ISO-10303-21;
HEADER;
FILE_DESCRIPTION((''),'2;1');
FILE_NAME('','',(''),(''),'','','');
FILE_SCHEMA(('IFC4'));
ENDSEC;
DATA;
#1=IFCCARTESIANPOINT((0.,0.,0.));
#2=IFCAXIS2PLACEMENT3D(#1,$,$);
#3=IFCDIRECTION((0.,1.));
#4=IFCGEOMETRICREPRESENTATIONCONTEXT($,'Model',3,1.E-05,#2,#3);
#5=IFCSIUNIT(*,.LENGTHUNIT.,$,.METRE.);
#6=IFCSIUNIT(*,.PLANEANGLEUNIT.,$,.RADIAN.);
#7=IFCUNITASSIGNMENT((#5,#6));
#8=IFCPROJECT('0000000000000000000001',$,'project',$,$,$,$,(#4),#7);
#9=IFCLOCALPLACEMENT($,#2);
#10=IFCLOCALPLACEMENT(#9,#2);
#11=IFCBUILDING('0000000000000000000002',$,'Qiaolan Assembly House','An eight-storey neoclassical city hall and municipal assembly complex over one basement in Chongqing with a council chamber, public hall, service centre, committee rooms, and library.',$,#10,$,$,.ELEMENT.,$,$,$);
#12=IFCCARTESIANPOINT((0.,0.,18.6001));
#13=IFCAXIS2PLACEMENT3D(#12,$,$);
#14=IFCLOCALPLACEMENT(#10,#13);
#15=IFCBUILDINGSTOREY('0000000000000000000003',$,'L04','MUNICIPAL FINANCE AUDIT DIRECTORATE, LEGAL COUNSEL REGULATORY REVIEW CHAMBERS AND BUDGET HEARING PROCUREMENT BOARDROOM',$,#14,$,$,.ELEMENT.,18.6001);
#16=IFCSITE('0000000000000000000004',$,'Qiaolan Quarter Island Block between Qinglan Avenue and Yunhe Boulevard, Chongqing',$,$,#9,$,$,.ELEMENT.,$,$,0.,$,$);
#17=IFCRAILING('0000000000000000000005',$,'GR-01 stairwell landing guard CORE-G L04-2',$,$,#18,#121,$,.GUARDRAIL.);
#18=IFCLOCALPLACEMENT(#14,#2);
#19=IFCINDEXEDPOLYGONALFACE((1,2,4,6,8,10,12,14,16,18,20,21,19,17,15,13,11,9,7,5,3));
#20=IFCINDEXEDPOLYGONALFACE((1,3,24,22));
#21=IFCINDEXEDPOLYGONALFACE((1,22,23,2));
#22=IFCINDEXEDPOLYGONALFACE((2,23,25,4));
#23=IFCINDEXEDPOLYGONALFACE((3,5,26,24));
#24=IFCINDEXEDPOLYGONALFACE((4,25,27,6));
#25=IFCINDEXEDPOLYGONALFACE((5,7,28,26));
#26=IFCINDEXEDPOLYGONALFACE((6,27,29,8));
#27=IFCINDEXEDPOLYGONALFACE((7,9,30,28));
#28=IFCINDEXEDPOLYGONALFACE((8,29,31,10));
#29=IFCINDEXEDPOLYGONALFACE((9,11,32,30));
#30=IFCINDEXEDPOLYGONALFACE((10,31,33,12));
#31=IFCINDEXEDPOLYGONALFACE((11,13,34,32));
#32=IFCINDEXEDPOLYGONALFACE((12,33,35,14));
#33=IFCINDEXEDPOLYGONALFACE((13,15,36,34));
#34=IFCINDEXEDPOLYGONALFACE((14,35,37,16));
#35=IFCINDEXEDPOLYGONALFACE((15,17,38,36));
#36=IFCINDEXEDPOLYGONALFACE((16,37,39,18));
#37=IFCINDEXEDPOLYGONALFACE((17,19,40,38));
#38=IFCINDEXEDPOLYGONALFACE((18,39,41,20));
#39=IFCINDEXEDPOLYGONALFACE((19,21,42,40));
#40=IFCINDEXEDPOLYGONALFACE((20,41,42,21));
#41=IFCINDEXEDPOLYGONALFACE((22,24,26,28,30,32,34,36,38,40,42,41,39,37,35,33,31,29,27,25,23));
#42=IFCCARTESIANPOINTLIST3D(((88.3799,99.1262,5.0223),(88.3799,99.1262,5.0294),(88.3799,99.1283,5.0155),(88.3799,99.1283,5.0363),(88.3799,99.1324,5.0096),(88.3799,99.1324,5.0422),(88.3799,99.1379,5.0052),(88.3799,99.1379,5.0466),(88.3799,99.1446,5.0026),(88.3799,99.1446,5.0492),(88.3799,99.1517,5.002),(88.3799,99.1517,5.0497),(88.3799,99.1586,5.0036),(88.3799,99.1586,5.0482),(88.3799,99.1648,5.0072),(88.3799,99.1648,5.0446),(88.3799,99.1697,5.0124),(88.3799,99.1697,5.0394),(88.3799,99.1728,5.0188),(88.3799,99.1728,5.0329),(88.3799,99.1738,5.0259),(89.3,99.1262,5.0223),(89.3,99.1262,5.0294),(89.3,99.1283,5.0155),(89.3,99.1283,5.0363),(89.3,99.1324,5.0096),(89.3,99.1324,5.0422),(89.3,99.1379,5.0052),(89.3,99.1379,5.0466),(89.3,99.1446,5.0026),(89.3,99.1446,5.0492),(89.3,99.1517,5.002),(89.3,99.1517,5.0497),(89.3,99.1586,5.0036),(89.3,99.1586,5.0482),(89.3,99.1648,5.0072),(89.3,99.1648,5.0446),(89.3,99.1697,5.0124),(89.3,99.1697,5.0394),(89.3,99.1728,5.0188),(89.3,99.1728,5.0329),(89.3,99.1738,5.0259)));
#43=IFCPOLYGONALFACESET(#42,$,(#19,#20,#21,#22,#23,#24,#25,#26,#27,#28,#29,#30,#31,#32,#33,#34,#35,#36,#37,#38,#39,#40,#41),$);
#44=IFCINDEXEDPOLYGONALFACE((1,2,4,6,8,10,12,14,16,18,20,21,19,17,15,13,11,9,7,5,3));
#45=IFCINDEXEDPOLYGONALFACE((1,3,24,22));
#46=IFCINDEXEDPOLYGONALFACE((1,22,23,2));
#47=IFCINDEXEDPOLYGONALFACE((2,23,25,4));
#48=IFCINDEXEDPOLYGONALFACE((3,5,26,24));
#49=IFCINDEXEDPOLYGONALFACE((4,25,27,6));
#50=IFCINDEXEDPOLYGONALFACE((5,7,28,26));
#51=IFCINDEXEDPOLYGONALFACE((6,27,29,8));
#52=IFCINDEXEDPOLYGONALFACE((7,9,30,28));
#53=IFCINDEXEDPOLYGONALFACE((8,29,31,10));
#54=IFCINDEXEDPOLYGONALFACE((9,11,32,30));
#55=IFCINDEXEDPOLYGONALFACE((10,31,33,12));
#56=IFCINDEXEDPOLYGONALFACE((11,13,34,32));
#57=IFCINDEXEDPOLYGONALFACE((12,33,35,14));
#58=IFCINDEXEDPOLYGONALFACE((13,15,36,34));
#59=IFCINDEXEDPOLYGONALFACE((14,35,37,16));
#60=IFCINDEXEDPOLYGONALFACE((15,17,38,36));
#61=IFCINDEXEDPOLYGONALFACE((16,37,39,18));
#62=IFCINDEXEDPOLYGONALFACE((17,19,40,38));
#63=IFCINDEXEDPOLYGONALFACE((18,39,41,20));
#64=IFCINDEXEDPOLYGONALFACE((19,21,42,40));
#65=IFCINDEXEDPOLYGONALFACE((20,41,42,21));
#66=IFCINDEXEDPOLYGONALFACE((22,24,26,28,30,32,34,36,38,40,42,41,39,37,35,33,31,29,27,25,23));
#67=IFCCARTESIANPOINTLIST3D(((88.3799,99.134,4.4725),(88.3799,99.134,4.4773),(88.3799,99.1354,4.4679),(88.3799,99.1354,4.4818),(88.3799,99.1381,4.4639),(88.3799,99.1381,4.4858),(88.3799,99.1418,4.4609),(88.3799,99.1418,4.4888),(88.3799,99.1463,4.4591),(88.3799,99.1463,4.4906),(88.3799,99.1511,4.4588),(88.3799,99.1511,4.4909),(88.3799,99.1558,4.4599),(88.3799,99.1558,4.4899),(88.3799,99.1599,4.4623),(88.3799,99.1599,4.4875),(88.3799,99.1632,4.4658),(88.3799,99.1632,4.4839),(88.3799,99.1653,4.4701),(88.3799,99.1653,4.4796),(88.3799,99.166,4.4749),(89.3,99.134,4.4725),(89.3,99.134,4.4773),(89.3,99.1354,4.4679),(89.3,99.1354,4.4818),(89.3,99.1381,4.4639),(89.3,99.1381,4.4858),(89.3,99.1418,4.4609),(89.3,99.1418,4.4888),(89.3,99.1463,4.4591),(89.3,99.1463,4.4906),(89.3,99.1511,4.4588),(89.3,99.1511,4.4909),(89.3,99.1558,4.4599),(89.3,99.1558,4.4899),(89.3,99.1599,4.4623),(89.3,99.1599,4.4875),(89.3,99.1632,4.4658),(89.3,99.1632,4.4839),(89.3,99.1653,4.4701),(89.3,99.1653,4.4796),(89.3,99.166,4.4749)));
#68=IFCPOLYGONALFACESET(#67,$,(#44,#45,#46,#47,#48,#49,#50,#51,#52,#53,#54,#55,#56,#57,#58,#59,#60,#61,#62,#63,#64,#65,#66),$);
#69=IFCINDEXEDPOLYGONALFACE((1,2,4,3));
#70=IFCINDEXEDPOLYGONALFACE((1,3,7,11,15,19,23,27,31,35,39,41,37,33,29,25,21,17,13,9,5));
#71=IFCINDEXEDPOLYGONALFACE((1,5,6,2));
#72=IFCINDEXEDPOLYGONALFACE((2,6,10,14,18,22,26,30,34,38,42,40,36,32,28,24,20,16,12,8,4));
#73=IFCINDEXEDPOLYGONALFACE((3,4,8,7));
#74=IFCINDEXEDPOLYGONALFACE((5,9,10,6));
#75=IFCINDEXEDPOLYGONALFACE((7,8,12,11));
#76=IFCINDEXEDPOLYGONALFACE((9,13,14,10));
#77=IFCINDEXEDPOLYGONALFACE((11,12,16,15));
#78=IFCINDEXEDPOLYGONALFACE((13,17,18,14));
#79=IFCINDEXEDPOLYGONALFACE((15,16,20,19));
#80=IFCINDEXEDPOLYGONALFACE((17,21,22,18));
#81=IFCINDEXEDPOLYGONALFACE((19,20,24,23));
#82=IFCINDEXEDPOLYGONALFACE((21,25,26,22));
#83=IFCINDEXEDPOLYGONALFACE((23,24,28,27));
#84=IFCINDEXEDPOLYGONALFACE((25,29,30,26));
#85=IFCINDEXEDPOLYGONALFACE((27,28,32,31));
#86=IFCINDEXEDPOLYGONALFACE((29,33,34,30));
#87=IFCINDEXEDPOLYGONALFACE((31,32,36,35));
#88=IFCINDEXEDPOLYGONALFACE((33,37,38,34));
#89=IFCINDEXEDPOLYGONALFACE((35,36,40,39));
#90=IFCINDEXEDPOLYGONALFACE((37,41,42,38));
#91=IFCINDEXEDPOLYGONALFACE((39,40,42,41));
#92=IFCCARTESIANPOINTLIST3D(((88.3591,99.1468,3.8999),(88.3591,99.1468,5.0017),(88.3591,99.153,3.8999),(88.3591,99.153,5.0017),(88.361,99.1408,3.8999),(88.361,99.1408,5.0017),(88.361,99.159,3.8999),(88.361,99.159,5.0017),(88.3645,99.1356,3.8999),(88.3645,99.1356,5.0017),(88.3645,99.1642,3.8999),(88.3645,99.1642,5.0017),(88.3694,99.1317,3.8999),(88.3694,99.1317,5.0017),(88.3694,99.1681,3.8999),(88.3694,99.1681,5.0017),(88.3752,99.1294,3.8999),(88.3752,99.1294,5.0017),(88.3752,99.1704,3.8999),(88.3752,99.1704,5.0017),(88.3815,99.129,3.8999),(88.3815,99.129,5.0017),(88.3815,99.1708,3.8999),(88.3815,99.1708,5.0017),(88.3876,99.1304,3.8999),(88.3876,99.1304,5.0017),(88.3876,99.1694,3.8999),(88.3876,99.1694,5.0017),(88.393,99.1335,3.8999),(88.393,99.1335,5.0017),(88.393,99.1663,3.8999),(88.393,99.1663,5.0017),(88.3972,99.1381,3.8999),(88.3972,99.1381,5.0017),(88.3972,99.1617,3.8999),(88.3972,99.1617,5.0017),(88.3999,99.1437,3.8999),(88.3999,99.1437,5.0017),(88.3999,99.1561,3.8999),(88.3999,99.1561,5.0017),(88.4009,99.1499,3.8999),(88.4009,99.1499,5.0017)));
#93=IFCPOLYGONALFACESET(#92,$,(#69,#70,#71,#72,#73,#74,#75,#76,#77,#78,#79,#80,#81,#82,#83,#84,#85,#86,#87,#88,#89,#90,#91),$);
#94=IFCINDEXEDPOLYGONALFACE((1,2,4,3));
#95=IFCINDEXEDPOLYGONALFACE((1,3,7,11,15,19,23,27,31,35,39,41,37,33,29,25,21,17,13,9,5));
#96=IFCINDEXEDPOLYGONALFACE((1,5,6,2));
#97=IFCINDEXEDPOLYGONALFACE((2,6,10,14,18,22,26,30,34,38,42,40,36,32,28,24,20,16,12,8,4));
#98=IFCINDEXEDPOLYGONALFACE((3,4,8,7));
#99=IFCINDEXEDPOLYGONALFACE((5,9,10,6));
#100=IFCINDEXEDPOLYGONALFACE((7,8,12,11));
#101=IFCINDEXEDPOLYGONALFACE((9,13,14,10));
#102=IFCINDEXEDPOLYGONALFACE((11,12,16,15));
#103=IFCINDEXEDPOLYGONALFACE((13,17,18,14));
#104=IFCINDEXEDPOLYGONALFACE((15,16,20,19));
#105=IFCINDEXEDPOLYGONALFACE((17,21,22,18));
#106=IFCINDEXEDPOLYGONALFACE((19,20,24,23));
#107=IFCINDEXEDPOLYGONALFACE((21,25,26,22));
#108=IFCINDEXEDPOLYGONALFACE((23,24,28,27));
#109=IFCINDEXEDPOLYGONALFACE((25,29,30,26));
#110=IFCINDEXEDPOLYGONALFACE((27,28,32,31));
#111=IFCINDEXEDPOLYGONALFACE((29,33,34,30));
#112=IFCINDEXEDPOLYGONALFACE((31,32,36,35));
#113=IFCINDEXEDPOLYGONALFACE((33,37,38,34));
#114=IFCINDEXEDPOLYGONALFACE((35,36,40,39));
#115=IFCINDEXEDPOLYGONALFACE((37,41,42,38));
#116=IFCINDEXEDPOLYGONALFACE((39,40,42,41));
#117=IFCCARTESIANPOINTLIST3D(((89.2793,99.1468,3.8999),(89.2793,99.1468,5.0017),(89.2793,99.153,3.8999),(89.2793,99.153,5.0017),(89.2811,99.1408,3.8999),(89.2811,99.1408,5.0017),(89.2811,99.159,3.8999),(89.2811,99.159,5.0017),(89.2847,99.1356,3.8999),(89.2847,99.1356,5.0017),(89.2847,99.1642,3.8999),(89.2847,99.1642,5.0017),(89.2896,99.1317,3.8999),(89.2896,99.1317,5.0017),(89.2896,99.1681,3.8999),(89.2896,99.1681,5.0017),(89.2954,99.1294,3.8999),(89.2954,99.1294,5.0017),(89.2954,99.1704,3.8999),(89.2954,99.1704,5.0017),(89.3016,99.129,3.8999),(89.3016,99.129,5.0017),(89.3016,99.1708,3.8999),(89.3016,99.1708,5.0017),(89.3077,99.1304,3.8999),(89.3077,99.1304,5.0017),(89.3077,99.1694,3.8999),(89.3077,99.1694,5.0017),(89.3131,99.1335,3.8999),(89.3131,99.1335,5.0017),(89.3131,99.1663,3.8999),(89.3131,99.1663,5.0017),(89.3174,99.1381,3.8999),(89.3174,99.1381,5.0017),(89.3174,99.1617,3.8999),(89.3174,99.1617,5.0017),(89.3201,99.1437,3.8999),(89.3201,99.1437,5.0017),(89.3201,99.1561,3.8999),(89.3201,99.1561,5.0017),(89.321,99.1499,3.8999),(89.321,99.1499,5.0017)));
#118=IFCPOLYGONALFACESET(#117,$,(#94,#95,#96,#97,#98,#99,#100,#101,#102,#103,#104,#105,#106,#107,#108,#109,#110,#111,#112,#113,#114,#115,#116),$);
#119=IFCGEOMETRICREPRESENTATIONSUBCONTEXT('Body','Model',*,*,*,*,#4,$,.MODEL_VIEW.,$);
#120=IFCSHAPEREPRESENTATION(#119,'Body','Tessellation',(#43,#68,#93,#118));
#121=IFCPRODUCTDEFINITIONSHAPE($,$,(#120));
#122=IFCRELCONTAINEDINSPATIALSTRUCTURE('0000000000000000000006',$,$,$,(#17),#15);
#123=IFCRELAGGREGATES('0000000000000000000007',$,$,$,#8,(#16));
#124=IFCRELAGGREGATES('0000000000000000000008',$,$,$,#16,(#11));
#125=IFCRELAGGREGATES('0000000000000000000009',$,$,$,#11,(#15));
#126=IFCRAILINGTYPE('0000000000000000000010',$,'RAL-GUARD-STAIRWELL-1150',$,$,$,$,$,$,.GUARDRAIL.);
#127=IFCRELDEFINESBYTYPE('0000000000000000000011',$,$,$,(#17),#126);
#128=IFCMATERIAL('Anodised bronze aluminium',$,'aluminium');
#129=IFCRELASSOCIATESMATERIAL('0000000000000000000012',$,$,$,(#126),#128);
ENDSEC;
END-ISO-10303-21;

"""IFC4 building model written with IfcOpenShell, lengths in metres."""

from ifc_helpers import new_model, si_unit, direction, frame, origin, origin_2d, place, context, subcontext, project, spatial, circle, extrude, material, type_object, element, save


model = new_model("IFC4")

# Units and contexts
model_context = context("Model", 3, precision=1e-05, world=origin(), true_north=direction((0.0, 1.0)))
body_context = subcontext(model_context, "Body", "Model", "MODEL_VIEW")
ifc_project = project(units=[si_unit("LENGTHUNIT", "METRE"), si_unit("PLANEANGLEUNIT", "RADIAN")], contexts=[model_context])

# Site, building, storey
site_placement = place(None, origin())
site = spatial("IfcSite", under=ifc_project, at=site_placement, Name="Qiaolan Quarter Island Block between Qinglan Avenue and Yunhe Boulevard, Chongqing", CompositionType="ELEMENT", RefElevation=0.0)
building_placement = place(site_placement, origin())
building = spatial("IfcBuilding", under=site, at=building_placement, Name="Qiaolan Assembly House", Description="An eight-storey neoclassical city hall and municipal assembly complex over one basement in Chongqing with a council chamber, public hall, service centre, committee rooms, and library.", CompositionType="ELEMENT")
storey_placement = place(building_placement, frame((0.0, 0.0, 18.6001)))
storey = spatial("IfcBuildingStorey", under=building, at=storey_placement, Name="L04", Description="MUNICIPAL FINANCE AUDIT DIRECTORATE, LEGAL COUNSEL REGULATORY REVIEW CHAMBERS AND BUDGET HEARING PROCUREMENT BOARDROOM", CompositionType="ELEMENT", Elevation=18.6001)

# Railing
ifc_material_1 = material(Name="Anodised bronze aluminium", Category="aluminium")
railing_type_1 = type_object("IfcRailingType", Name="RAL-GUARD-STAIRWELL-1150", PredefinedType="GUARDRAIL", material=ifc_material_1)
for number, where, name in (
    (1, (88.3799, 99.1499, 3.8999), "GR-01 stairwell landing guard CORE-G L04-2"),
):
    element("IfcRailing", number, at=place(storey_placement, frame(where)), inside=storey, type_object=railing_type_1, Name=name, PredefinedType="GUARDRAIL", context=body_context, shape_type="SweptSolid", body=[
        extrude(circle(Radius=0.0239, at=origin_2d()), frame((0.0, 0.0, 1.126), z_axis=(1.0, 0.0, 0.0), x_axis=(0.0, 1.0, 0.0)), (0.0, 0.0, 1.0), 0.9202),
        extrude(circle(Radius=0.0161, at=origin_2d()), frame((0.0, 0.0, 0.575), z_axis=(1.0, 0.0, 0.0), x_axis=(0.0, 1.0, 0.0)), (0.0, 0.0, 1.0), 0.9202),
        extrude(circle(Radius=0.021, at=origin_2d()), origin(), (0.0, 0.0, 1.0), 1.1018),
        extrude(circle(Radius=0.021, at=origin_2d()), frame((0.9202, 0.0, 0.0)), (0.0, 0.0, 1.0), 1.1018),
    ])

save(model, "model.ifc")
